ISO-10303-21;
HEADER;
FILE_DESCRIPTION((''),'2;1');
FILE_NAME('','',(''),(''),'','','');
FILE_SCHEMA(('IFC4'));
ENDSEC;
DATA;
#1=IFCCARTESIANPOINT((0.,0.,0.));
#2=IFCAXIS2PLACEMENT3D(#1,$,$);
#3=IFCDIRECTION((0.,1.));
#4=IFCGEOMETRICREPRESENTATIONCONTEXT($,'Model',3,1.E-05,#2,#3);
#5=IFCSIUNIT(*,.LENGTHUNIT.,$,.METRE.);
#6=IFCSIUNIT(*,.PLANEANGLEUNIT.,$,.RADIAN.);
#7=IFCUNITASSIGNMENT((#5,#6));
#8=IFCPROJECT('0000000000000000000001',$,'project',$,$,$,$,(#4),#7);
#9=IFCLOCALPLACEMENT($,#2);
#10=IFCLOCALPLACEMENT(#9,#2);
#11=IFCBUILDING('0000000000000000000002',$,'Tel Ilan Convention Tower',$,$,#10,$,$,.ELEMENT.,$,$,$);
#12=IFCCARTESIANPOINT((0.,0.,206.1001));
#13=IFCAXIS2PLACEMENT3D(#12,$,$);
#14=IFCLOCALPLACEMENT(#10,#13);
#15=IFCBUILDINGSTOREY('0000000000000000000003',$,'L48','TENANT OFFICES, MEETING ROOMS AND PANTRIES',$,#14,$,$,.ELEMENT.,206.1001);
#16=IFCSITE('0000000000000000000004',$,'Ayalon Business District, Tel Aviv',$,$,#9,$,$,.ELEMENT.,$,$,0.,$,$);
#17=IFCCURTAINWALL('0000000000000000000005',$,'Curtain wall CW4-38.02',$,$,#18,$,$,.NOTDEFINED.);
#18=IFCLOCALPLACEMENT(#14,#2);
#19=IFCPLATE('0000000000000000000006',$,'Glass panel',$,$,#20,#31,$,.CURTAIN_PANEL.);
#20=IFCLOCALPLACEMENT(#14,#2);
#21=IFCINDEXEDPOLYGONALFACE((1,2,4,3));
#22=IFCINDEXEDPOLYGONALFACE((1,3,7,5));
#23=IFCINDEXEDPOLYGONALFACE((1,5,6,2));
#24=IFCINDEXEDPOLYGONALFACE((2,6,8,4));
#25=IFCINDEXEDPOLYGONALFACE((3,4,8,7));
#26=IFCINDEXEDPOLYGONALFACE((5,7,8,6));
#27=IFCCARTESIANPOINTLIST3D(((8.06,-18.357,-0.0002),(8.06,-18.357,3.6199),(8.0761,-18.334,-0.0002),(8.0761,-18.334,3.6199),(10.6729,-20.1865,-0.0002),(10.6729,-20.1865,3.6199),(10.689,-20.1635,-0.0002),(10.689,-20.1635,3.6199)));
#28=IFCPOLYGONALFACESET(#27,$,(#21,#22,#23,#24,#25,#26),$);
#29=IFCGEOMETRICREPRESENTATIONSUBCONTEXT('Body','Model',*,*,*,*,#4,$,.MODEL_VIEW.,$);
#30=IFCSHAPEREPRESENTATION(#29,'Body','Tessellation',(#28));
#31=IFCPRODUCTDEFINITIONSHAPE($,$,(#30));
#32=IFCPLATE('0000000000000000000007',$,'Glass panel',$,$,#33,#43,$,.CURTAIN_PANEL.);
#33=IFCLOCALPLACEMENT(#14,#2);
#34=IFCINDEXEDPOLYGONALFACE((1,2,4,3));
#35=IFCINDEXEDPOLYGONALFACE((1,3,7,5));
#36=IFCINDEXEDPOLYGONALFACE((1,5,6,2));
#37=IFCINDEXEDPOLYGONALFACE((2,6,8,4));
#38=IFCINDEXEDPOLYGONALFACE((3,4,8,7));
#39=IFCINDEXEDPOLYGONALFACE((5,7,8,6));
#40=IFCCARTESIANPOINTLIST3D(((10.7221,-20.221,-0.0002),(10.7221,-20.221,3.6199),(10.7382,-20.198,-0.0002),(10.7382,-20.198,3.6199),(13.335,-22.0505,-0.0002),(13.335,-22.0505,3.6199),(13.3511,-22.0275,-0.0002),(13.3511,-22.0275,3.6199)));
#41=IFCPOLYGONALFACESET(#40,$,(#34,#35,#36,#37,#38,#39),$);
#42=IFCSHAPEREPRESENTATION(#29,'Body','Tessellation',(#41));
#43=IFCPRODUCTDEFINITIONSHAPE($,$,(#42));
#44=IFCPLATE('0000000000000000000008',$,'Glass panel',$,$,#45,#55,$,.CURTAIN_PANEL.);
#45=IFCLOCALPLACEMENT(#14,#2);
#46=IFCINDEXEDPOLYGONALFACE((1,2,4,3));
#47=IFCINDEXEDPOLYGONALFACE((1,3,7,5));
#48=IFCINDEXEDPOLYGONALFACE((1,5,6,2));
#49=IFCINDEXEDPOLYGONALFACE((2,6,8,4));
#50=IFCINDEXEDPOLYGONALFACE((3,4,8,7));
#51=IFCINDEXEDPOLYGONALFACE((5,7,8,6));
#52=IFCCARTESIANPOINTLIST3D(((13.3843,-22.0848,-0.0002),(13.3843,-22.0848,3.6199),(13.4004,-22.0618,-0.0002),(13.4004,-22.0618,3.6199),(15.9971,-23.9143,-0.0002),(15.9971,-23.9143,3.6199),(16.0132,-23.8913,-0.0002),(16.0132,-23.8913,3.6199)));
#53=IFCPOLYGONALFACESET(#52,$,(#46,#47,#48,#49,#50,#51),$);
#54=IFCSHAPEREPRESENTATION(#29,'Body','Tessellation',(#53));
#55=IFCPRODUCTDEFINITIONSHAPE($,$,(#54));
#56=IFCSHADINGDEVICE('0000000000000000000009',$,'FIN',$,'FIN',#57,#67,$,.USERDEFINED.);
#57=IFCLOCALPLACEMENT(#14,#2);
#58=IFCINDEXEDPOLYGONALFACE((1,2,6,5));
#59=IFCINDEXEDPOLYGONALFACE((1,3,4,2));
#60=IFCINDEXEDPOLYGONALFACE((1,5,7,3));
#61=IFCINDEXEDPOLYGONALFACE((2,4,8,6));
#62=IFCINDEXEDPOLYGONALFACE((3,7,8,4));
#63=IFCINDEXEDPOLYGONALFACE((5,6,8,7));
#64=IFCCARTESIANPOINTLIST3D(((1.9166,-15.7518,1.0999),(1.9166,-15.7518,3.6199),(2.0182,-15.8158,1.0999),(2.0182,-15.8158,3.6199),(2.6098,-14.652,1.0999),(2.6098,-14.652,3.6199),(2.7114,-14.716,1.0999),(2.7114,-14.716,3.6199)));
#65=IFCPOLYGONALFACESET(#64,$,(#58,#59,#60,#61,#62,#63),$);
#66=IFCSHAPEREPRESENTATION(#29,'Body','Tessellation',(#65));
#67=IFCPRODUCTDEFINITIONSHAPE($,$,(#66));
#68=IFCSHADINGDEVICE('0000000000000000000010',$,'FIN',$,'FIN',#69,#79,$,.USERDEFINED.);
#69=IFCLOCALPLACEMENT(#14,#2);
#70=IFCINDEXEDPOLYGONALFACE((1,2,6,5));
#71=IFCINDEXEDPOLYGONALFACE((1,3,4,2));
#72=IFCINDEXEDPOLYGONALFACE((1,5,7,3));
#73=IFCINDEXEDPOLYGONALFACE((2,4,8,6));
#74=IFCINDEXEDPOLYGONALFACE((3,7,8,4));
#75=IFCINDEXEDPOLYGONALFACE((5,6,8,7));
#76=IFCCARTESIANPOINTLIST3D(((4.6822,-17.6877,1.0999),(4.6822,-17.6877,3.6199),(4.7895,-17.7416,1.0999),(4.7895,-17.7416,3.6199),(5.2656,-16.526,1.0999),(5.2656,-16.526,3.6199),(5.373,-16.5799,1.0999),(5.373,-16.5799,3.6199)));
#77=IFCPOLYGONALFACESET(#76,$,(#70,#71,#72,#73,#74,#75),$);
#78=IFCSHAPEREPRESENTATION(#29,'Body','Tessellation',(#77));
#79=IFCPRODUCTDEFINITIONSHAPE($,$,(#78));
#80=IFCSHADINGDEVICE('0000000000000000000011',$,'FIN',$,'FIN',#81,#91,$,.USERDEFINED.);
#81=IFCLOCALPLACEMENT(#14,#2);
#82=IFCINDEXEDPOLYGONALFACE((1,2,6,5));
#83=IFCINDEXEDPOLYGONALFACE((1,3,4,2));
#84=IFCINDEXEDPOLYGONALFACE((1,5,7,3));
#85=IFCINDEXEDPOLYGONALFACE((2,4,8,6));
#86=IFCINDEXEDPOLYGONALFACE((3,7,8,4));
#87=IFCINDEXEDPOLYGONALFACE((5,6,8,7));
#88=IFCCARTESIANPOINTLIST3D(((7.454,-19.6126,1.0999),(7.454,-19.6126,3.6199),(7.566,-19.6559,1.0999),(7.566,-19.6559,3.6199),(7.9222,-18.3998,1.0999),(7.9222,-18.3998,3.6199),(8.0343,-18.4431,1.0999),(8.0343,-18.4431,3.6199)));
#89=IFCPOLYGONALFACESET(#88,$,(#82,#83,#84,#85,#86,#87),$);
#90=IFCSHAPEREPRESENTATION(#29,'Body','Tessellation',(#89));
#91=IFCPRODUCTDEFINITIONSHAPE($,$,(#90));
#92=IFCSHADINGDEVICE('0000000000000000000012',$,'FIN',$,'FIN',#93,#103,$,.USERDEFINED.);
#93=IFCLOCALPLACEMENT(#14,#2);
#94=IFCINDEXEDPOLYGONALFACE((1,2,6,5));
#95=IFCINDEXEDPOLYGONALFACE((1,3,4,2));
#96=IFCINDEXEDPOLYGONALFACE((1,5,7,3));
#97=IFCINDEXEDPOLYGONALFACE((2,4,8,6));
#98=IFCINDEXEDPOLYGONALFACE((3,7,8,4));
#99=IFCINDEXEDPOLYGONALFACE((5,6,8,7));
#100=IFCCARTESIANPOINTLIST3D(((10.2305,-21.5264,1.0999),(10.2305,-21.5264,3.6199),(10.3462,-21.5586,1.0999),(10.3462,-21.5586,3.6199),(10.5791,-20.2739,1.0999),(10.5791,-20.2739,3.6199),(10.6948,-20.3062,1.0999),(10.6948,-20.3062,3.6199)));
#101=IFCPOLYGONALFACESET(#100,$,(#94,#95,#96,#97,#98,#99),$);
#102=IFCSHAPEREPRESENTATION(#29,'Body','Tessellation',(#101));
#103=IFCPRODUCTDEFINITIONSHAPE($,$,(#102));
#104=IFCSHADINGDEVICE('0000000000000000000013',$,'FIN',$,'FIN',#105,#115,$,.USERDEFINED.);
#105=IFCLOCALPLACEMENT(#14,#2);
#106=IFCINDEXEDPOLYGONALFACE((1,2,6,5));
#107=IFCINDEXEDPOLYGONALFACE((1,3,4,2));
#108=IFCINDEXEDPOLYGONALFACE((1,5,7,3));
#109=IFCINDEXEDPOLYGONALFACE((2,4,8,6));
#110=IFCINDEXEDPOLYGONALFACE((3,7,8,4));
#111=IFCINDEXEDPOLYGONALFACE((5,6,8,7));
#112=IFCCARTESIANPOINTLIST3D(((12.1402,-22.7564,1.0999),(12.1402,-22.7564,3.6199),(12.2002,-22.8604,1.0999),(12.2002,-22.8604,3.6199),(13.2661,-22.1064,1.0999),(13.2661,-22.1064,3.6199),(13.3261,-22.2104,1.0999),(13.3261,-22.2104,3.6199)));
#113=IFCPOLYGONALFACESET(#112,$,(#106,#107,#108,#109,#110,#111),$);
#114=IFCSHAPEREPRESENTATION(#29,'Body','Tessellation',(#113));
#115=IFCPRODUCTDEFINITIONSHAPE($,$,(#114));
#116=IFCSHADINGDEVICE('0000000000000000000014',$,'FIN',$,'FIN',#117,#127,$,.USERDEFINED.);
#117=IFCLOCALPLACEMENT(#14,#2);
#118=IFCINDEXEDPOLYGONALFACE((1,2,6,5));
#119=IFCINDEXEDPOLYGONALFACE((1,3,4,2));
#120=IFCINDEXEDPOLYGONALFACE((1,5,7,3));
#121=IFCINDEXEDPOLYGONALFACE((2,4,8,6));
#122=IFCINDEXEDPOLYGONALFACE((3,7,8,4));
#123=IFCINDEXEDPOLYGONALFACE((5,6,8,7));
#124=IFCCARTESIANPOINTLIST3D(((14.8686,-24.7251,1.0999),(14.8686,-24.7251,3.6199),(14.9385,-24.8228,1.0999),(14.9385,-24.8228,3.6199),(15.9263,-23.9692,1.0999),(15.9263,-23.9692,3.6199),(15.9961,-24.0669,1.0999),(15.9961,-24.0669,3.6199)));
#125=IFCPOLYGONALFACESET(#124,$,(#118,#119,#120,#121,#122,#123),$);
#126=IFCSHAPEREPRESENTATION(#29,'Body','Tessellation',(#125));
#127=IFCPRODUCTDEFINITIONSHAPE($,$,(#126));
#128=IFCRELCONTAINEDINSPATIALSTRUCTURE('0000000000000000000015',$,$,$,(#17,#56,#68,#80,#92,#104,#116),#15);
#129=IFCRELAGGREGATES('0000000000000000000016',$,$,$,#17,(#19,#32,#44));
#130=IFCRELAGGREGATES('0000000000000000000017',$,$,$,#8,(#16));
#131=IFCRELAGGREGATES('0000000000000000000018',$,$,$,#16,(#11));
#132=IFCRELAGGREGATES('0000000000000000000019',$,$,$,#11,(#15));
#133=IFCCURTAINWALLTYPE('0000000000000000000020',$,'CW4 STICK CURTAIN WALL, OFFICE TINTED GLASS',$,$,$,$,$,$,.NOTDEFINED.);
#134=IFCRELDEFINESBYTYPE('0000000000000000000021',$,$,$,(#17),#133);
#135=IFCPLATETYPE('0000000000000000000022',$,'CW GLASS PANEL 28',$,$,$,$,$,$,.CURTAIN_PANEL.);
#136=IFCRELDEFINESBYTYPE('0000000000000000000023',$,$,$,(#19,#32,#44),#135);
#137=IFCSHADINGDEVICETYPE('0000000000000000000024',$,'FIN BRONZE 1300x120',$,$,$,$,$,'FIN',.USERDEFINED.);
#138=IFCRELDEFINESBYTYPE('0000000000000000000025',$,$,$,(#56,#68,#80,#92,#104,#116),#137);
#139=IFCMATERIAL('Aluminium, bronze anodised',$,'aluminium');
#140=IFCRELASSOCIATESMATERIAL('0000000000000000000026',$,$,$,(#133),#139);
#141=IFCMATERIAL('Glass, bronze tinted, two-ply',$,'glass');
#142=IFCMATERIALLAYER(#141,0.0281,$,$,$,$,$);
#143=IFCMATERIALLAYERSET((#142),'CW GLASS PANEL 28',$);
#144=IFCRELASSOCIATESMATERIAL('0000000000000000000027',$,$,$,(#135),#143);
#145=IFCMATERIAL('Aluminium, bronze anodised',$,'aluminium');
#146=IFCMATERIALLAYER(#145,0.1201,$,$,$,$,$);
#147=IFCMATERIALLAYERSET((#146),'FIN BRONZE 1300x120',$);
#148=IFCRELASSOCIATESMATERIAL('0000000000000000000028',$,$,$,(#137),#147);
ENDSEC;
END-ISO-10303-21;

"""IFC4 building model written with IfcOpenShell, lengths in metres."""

from ifc_helpers import new_model, si_unit, direction, frame, origin, origin_2d, place, context, subcontext, project, spatial, rectangle, extrude, material, layer, layer_set, type_object, element, aggregate, save


model = new_model("IFC4")

# Units and contexts
model_context = context("Model", 3, precision=1e-05, world=origin(), true_north=direction((0.0, 1.0)))
body_context = subcontext(model_context, "Body", "Model", "MODEL_VIEW")
ifc_project = project(units=[si_unit("LENGTHUNIT", "METRE"), si_unit("PLANEANGLEUNIT", "RADIAN")], contexts=[model_context])

# Site, building, storey
site_placement = place(None, origin())
site = spatial("IfcSite", under=ifc_project, at=site_placement, Name="Ayalon Business District, Tel Aviv", CompositionType="ELEMENT", RefElevation=0.0)
building_placement = place(site_placement, origin())
building = spatial("IfcBuilding", under=site, at=building_placement, Name="Tel Ilan Convention Tower", CompositionType="ELEMENT")
storey_placement = place(building_placement, frame((0.0, 0.0, 206.1001)))
storey = spatial("IfcBuildingStorey", under=building, at=storey_placement, Name="L48", Description="TENANT OFFICES, MEETING ROOMS AND PANTRIES", CompositionType="ELEMENT", Elevation=206.1001)

# Curtain wall, plates
ifc_material_1 = material(Name="Aluminium, bronze anodised", Category="aluminium")
curtain_wall_type = type_object("IfcCurtainWallType", Name="CW4 STICK CURTAIN WALL, OFFICE TINTED GLASS", PredefinedType="NOTDEFINED", material=ifc_material_1)
curtain_wall_placement = place(storey_placement, origin())
curtain_wall = element("IfcCurtainWall", 1, at=curtain_wall_placement, inside=storey, type_object=curtain_wall_type, Name="Curtain wall CW4-38.02", PredefinedType="NOTDEFINED")
ifc_material_2 = material(Name="Glass, bronze tinted, two-ply", Category="glass")
ifc_layer_1 = layer(ifc_material_2, 0.0281)
ifc_layer_set_1 = layer_set([ifc_layer_1], Name="CW GLASS PANEL 28")
plate_type = type_object("IfcPlateType", Name="CW GLASS PANEL 28", PredefinedType="CURTAIN_PANEL", material=ifc_layer_set_1)
plate_1_placement = place(storey_placement, frame((9.3745, -19.2603, -0.0002), z_axis=(0.0, 0.0, 1.0), x_axis=(0.819152, -0.573576, 0.0)))
plate_1 = element("IfcPlate", 2, at=plate_1_placement, type_object=plate_type, Name="Glass panel", PredefinedType="CURTAIN_PANEL", context=body_context, shape_type="SweptSolid", body=[
    extrude(rectangle(XDim=3.1897, YDim=0.0281, at=origin_2d()), origin(), (0.0, 0.0, 1.0), 3.6201),
])
plate_2_placement = place(storey_placement, frame((12.0366, -21.1243, -0.0002), z_axis=(0.0, 0.0, 1.0), x_axis=(0.819152, -0.573576, 0.0)))
plate_2 = element("IfcPlate", 3, at=plate_2_placement, type_object=plate_type, Name="Glass panel", PredefinedType="CURTAIN_PANEL", context=body_context, shape_type="SweptSolid", body=[
    extrude(rectangle(XDim=3.1897, YDim=0.0281, at=origin_2d()), origin(), (0.0, 0.0, 1.0), 3.6201),
])
plate_3_placement = place(storey_placement, frame((14.6987, -22.988, -0.0002), z_axis=(0.0, 0.0, 1.0), x_axis=(0.819152, -0.573576, 0.0)))
plate_3 = element("IfcPlate", 4, at=plate_3_placement, type_object=plate_type, Name="Glass panel", PredefinedType="CURTAIN_PANEL", context=body_context, shape_type="SweptSolid", body=[
    extrude(rectangle(XDim=3.1897, YDim=0.0281, at=origin_2d()), origin(), (0.0, 0.0, 1.0), 3.6201),
])
aggregate(curtain_wall, [plate_1, plate_2, plate_3])

# Shading devices
ifc_material_3 = material(Name="Aluminium, bronze anodised", Category="aluminium")
ifc_layer_2 = layer(ifc_material_3, 0.1201)
ifc_layer_set_2 = layer_set([ifc_layer_2], Name="FIN BRONZE 1300x120")
shading_device_type = type_object("IfcShadingDeviceType", Name="FIN BRONZE 1300x120", ElementType="FIN", PredefinedType="USERDEFINED", material=ifc_layer_set_2)
for number, where, z_axis, x_axis, name in (
    (5, (2.314, -15.2339, 1.0999), (0.0, 0.0, 1.0), (-0.533204, -0.845986, 0.0), "FIN"),
    (6, (5.0276, -17.1338, 1.0999), (0.0, 0.0, 1.0), (-0.448799, -0.893633, 0.0), "FIN"),
    (7, (7.7441, -19.0278, 1.0999), (0.0, 0.0, 1.0), (-0.360178, -0.932884, 0.0), "FIN"),
    (8, (10.4626, -20.9163, 1.0999), (0.0, 0.0, 1.0), (-0.268173, -0.963371, 0.0), "FIN"),
    (9, (12.7332, -22.4834, 1.0999), (0.0, 0.0, 1.0), (-0.866025, -0.5, 0.0), "FIN"),
    (10, (15.4324, -24.396, 1.0999), (0.0, 0.0, 1.0), (-0.813552, -0.581492, 0.0), "FIN"),
):
    element("IfcShadingDevice", number, at=place(storey_placement, frame(where, z_axis=z_axis, x_axis=x_axis)), inside=storey, type_object=shading_device_type, Name=name, ObjectType="FIN", PredefinedType="USERDEFINED", context=body_context, shape_type="SweptSolid", body=[
        extrude(rectangle(XDim=1.3, YDim=0.1201, at=origin_2d()), origin(), (0.0, 0.0, 1.0), 2.52),
    ])

save(model, "model.ifc")
